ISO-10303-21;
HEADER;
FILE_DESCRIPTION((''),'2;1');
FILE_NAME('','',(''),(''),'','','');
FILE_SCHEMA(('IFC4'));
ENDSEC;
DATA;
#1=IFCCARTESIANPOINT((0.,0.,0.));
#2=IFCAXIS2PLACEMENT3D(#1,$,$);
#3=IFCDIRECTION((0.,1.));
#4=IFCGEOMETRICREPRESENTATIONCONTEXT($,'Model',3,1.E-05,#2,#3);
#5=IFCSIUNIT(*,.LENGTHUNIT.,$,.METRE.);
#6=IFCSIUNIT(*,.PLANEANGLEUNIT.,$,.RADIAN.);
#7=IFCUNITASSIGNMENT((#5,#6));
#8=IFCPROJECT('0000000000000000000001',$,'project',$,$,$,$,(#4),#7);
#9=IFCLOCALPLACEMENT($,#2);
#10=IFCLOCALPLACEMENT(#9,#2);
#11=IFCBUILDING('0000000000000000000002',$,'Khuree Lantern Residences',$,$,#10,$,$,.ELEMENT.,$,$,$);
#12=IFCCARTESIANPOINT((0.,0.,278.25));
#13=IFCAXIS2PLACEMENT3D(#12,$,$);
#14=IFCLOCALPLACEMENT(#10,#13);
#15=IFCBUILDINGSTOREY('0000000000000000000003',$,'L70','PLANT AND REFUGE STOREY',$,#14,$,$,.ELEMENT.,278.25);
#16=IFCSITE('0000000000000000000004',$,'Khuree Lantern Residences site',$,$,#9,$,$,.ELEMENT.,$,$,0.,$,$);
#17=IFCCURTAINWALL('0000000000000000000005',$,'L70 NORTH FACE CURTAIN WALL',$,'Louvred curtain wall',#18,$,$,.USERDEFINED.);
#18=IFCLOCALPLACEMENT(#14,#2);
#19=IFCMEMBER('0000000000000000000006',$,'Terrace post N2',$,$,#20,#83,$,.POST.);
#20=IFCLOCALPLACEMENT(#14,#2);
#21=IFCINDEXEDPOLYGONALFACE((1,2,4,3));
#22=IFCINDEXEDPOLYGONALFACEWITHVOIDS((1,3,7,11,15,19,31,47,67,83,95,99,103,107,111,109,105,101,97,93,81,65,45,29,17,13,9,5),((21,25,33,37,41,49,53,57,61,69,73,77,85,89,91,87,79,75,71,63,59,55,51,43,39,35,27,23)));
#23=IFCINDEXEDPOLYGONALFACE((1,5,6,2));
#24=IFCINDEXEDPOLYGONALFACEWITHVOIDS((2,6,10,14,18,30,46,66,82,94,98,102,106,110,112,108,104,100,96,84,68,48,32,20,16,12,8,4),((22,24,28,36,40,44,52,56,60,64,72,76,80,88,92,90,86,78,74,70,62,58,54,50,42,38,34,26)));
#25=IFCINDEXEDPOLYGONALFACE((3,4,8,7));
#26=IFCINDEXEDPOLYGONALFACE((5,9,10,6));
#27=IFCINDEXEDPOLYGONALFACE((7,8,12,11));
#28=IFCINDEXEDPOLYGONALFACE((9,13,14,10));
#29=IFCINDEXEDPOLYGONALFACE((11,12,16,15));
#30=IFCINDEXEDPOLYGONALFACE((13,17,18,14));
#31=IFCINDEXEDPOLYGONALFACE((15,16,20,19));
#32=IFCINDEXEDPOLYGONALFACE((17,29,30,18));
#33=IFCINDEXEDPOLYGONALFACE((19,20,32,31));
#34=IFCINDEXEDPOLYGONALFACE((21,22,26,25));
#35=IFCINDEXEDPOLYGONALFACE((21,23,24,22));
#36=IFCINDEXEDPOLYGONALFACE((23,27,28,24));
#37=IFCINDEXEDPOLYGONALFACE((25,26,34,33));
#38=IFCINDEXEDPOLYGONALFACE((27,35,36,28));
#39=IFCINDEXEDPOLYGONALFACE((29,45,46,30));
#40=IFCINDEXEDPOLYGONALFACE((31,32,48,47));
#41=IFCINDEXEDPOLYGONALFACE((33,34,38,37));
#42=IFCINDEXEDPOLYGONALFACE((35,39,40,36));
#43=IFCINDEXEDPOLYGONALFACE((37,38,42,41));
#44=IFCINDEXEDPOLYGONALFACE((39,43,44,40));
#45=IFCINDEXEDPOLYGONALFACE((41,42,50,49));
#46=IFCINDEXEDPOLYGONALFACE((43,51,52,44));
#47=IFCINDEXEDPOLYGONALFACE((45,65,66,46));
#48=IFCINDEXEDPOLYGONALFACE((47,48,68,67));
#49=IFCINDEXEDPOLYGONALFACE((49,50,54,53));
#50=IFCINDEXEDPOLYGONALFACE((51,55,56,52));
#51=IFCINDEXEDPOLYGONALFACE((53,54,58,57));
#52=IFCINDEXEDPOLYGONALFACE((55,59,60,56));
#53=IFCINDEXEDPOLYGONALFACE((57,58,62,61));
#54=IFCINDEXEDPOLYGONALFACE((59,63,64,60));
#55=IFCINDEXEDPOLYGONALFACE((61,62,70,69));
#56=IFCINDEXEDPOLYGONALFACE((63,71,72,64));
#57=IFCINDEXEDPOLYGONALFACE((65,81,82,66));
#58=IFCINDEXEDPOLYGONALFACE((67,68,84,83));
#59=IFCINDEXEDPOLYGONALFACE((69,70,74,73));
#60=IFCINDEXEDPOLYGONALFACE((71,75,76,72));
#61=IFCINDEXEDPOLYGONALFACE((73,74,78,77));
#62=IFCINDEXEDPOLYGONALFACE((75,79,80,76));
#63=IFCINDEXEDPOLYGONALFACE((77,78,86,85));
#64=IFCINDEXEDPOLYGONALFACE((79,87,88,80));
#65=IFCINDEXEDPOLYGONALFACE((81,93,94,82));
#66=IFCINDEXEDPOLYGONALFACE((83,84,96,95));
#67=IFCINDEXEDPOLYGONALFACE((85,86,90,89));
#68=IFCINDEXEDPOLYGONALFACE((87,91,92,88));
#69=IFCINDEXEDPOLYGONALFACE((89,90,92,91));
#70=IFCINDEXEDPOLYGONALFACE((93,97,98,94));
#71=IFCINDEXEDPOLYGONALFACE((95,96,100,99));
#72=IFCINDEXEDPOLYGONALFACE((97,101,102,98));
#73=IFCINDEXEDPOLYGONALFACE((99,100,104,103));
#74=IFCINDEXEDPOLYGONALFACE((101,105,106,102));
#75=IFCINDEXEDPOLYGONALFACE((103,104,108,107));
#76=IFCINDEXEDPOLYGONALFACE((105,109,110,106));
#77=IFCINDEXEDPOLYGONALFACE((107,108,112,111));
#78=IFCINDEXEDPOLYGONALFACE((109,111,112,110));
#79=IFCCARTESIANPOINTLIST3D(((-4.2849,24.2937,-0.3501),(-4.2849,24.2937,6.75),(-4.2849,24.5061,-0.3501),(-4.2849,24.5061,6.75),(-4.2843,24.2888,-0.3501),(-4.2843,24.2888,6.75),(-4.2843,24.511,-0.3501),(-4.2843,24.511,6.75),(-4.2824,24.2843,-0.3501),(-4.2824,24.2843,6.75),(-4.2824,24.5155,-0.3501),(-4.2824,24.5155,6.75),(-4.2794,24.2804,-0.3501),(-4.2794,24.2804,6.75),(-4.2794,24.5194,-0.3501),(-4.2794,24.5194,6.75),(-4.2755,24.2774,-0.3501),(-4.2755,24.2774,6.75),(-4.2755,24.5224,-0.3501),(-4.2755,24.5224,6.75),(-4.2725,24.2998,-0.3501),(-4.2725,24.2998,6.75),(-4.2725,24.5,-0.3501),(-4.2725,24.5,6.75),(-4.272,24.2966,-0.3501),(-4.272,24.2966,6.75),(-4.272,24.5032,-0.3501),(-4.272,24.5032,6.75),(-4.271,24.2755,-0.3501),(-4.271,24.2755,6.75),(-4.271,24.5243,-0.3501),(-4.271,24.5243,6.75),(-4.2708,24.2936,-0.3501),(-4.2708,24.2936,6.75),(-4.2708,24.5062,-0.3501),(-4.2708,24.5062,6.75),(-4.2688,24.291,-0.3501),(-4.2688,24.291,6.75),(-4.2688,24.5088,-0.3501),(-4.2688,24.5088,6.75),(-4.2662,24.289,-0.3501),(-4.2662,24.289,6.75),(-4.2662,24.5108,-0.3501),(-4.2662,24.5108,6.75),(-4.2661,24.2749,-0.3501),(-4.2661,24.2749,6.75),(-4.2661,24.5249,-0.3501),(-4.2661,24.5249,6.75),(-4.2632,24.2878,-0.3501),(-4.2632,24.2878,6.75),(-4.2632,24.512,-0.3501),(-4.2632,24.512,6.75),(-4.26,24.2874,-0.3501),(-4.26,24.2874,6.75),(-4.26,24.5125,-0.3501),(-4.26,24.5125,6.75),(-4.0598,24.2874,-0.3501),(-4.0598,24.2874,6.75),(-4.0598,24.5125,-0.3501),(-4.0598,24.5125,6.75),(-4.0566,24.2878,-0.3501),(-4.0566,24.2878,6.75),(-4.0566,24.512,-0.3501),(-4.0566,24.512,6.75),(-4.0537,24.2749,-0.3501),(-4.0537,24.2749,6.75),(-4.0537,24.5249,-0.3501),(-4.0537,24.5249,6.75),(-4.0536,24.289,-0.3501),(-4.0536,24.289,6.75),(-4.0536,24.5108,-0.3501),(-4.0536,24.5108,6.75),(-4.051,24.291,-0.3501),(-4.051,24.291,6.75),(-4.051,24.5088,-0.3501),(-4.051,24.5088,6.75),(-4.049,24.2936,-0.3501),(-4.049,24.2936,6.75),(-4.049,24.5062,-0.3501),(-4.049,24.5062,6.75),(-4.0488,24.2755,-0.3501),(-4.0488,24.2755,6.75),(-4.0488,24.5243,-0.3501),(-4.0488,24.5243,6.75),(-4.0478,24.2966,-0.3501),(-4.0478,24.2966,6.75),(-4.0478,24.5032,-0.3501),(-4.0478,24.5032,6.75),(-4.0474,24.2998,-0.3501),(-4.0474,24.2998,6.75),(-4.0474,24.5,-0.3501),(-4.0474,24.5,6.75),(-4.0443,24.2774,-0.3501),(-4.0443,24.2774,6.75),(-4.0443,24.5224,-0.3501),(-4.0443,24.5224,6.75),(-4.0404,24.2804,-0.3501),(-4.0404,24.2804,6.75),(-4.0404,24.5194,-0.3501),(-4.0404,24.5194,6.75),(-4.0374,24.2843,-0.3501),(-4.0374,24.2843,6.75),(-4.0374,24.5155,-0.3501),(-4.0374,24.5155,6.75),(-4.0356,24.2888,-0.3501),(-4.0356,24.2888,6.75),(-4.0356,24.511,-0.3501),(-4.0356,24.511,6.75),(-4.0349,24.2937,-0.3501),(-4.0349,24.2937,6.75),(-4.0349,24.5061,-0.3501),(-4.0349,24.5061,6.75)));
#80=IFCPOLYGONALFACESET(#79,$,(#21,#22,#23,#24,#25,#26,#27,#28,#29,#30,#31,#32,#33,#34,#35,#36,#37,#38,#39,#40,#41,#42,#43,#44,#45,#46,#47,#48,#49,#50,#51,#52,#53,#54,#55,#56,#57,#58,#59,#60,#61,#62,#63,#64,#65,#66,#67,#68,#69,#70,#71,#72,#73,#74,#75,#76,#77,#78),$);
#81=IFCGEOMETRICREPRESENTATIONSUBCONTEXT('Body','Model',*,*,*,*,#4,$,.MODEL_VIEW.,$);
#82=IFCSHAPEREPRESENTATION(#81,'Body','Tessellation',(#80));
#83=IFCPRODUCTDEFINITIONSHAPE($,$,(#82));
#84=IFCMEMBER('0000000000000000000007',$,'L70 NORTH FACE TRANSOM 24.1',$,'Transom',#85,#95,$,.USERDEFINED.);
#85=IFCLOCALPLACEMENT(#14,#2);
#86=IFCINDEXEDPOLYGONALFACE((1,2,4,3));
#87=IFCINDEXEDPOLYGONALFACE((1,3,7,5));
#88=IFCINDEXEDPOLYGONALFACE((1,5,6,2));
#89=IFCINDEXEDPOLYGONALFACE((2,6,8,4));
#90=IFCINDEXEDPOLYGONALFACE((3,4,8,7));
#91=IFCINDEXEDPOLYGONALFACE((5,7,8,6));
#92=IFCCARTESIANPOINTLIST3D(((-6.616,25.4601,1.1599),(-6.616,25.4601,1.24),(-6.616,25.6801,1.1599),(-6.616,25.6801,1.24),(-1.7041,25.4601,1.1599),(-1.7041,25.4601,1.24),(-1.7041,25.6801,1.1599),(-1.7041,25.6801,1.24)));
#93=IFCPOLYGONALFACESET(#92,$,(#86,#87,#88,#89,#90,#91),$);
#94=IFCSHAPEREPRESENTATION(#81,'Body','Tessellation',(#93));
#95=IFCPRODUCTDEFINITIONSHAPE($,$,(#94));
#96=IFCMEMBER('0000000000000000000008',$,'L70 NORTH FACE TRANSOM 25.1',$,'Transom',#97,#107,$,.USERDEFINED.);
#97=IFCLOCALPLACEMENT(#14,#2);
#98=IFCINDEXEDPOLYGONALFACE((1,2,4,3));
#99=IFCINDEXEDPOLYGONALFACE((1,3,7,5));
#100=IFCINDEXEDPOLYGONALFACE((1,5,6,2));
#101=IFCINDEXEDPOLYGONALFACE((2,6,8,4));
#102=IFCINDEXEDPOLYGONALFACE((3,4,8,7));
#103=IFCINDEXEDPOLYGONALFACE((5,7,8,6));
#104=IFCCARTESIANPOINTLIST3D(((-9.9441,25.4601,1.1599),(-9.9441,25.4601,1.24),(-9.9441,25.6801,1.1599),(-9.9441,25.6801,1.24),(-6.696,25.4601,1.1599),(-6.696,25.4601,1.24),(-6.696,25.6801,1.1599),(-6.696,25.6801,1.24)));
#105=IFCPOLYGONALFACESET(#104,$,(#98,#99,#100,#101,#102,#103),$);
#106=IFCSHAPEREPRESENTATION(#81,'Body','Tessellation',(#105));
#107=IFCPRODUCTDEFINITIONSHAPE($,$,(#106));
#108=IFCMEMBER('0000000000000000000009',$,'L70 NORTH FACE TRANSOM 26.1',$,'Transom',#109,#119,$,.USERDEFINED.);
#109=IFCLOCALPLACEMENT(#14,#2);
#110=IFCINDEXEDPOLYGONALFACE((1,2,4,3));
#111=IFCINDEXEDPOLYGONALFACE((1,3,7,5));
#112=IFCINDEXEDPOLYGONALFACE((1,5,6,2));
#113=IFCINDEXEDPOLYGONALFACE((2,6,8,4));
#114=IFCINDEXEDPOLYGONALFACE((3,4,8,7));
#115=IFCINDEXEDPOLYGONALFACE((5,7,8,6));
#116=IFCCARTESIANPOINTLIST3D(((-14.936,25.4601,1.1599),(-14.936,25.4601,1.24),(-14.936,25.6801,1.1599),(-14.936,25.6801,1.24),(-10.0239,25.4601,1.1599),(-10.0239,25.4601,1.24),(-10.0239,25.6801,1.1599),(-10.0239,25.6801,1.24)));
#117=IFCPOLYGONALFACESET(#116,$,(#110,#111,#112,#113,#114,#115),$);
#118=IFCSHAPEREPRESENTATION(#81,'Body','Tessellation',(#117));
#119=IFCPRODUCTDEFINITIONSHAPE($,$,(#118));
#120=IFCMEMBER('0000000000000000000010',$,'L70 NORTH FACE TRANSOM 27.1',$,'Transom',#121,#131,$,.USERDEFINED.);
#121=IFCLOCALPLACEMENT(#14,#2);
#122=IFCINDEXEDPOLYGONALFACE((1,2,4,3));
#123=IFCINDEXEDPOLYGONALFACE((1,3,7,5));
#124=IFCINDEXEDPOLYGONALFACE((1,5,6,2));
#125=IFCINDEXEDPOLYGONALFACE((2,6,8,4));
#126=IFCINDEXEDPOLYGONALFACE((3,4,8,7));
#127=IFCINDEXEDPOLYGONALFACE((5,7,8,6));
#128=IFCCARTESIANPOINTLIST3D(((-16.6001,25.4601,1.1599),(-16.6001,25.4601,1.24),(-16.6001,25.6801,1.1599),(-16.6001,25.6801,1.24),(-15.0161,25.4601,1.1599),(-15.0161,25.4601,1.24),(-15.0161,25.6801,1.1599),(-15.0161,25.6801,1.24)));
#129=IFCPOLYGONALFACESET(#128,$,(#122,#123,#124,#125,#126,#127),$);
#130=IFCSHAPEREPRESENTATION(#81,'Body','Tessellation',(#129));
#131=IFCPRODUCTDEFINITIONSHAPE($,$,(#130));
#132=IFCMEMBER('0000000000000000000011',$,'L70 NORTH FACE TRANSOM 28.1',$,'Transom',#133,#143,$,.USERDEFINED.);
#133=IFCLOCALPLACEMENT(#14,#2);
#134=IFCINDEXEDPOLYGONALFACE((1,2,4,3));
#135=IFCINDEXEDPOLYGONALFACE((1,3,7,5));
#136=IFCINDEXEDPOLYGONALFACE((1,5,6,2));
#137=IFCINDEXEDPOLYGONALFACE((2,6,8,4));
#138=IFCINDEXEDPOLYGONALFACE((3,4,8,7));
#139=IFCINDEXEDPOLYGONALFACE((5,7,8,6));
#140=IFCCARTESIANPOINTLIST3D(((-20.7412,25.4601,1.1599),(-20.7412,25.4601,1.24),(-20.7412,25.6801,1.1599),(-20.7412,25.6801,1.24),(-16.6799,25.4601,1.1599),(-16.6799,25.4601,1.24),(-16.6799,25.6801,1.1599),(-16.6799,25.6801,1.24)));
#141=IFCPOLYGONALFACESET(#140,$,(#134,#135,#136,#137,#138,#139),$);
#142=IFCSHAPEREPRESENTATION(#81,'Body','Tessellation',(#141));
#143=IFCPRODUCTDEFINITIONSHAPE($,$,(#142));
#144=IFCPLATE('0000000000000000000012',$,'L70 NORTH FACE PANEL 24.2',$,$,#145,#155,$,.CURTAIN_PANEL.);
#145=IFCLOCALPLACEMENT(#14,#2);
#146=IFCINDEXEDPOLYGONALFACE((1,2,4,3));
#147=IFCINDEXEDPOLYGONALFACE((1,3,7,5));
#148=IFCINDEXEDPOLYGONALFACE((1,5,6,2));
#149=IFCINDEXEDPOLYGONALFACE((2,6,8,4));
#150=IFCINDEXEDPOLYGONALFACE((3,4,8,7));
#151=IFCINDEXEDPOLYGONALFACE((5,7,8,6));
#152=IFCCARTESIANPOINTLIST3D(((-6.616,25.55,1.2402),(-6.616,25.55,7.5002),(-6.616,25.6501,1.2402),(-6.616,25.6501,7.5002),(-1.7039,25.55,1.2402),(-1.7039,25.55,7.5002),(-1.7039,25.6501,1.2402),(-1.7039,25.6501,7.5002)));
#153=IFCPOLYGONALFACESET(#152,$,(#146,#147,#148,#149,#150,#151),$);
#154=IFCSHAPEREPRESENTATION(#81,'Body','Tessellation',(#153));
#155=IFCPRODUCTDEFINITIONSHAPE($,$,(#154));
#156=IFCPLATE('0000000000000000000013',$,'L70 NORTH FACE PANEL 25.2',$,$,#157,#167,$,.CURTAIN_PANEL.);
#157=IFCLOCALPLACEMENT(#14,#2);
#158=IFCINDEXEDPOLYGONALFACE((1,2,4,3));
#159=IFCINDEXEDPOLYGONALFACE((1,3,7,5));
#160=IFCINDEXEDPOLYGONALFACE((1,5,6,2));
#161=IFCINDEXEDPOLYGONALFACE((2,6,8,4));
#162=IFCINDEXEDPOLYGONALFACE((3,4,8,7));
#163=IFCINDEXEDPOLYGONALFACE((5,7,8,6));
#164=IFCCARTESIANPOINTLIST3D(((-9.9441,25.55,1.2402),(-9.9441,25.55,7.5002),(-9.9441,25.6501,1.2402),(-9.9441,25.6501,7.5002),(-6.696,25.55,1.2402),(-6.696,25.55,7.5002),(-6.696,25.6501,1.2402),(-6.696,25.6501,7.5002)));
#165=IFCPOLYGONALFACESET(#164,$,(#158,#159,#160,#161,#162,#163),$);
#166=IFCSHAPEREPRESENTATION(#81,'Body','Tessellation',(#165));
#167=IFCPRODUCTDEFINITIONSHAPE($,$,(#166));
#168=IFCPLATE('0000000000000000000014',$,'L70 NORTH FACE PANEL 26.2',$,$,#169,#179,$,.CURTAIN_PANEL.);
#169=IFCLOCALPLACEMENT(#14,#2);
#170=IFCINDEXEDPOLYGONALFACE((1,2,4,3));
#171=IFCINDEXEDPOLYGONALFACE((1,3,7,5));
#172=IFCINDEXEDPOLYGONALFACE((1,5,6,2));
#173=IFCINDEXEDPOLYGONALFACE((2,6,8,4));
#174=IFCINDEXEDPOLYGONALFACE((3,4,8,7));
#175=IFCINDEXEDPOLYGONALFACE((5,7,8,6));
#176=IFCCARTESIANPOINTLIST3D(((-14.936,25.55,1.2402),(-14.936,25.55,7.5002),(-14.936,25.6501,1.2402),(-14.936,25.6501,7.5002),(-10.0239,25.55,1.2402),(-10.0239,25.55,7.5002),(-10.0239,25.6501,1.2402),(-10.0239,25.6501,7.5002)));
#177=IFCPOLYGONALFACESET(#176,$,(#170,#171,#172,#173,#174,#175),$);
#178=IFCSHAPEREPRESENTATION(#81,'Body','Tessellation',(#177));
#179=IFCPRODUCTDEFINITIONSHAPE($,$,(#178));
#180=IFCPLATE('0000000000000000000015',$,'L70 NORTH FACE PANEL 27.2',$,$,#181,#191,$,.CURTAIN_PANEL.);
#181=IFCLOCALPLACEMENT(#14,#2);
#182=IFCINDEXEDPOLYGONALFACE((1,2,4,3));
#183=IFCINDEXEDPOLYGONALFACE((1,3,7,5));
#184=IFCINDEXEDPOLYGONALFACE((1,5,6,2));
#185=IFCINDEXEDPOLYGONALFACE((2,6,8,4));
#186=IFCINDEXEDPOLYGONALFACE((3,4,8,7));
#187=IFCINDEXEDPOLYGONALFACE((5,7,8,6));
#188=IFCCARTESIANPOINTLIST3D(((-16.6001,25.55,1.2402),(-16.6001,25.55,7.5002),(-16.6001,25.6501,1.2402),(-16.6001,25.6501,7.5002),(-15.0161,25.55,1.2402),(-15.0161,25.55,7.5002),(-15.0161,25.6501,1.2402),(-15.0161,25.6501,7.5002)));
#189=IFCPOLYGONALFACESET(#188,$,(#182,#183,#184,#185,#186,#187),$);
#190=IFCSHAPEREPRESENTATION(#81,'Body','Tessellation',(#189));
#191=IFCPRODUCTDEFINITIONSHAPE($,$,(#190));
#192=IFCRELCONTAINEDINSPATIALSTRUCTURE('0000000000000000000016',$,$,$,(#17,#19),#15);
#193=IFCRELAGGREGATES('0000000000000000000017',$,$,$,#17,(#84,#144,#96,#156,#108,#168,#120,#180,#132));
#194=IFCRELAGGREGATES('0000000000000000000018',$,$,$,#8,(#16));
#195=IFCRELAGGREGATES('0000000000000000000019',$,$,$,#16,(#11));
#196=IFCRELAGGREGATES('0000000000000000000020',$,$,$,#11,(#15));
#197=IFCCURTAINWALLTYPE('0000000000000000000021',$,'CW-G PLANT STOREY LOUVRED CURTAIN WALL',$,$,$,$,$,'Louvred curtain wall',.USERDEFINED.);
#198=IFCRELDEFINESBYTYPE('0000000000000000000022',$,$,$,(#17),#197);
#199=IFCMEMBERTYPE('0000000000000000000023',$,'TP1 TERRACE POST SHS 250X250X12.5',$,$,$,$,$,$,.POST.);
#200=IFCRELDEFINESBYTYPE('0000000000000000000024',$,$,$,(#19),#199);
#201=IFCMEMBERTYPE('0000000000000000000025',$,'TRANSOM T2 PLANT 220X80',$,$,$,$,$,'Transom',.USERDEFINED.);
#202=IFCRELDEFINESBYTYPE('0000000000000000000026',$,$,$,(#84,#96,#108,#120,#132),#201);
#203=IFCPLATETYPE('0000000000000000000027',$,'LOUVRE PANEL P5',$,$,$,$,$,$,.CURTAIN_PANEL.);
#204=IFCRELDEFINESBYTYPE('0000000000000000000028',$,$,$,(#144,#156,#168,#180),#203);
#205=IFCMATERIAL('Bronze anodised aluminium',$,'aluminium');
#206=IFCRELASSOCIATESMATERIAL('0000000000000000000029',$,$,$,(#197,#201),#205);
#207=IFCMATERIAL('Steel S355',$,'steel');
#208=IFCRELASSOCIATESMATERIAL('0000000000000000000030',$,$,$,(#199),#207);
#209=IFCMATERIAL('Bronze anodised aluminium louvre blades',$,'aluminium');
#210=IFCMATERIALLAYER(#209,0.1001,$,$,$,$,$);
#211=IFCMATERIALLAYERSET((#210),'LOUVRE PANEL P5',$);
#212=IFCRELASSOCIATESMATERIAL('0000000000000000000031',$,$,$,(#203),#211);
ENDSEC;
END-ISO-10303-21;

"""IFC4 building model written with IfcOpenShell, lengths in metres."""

from ifc_helpers import new_model, si_unit, direction, frame, origin, origin_2d, place, context, subcontext, project, spatial, rectangle, hollow_rectangle, extrude, material, layer, layer_set, material_profile, profile_set, type_object, element, aggregate, save


model = new_model("IFC4")

# Units and contexts
model_context = context("Model", 3, precision=1e-05, world=origin(), true_north=direction((0.0, 1.0)))
body_context = subcontext(model_context, "Body", "Model", "MODEL_VIEW")
ifc_project = project(units=[si_unit("LENGTHUNIT", "METRE"), si_unit("PLANEANGLEUNIT", "RADIAN")], contexts=[model_context])

# Site, building, storey
site_placement = place(None, origin())
site = spatial("IfcSite", under=ifc_project, at=site_placement, Name="Khuree Lantern Residences site", CompositionType="ELEMENT", RefElevation=0.0)
building_placement = place(site_placement, origin())
building = spatial("IfcBuilding", under=site, at=building_placement, Name="Khuree Lantern Residences", CompositionType="ELEMENT")
storey_placement = place(building_placement, frame((0.0, 0.0, 278.25)))
storey = spatial("IfcBuildingStorey", under=building, at=storey_placement, Name="L70", Description="PLANT AND REFUGE STOREY", CompositionType="ELEMENT", Elevation=278.25)

# Shared definitions
ifc_material_1 = material(Name="Steel S355", Category="steel")

# Curtain wall
ifc_material_2 = material(Name="Bronze anodised aluminium", Category="aluminium")
curtain_wall_type = type_object("IfcCurtainWallType", Name="CW-G PLANT STOREY LOUVRED CURTAIN WALL", ElementType="Louvred curtain wall", PredefinedType="USERDEFINED", material=ifc_material_2)
curtain_wall_placement = place(storey_placement, origin())
curtain_wall = element("IfcCurtainWall", 1, at=curtain_wall_placement, inside=storey, type_object=curtain_wall_type, Name="L70 NORTH FACE CURTAIN WALL", ObjectType="Louvred curtain wall", PredefinedType="USERDEFINED")

# Member
ifc_material_profile_1 = material_profile(ifc_material_1, hollow_rectangle(XDim=0.25, YDim=0.25, WallThickness=0.0125, InnerFilletRadius=0.0125, OuterFilletRadius=0.0188, at=origin_2d()), Name="SHS 250X250X12.5")
ifc_profile_set_1 = profile_set([ifc_material_profile_1], Name="Steel S355")
member_type_1 = type_object("IfcMemberType", Name="TP1 TERRACE POST SHS 250X250X12.5", PredefinedType="POST", material=ifc_profile_set_1)
for number, where, z_axis, x_axis, name in (
    (2, (-4.1599, 24.3999, -0.3501), (0.0, 0.0, 1.0), (1.0, 0.0, 0.0), "Terrace post N2"),
):
    element("IfcMember", number, at=place(storey_placement, frame(where, z_axis=z_axis, x_axis=x_axis)), inside=storey, type_object=member_type_1, Name=name, PredefinedType="POST", context=body_context, shape_type="SweptSolid", body=[
        extrude(hollow_rectangle(XDim=0.25, YDim=0.25, WallThickness=0.0125, InnerFilletRadius=0.0125, OuterFilletRadius=0.0188, at=origin_2d()), origin(), (0.0, 0.0, 1.0), 7.1001),
    ])

# Members
ifc_material_profile_2 = material_profile(ifc_material_2, rectangle(XDim=0.22, YDim=0.0801, at=origin_2d()), Name="T2 220X80")
ifc_profile_set_2 = profile_set([ifc_material_profile_2], Name="Bronze anodised aluminium")
member_type_2 = type_object("IfcMemberType", Name="TRANSOM T2 PLANT 220X80", ElementType="Transom", PredefinedType="USERDEFINED", material=ifc_profile_set_2)
member_1_placement = place(storey_placement, frame((-1.7041, 25.5701, 1.2), z_axis=(-1.0, 0.0, 0.0), x_axis=(0.0, -1.0, 0.0)))
member_1 = element("IfcMember", 3, at=member_1_placement, type_object=member_type_2, Name="L70 NORTH FACE TRANSOM 24.1", ObjectType="Transom", PredefinedType="USERDEFINED", context=body_context, shape_type="SweptSolid", body=[
    extrude(rectangle(XDim=0.22, YDim=0.0801, at=origin_2d()), origin(), (0.0, 0.0, 1.0), 4.9119),
])
member_2_placement = place(storey_placement, frame((-6.696, 25.5701, 1.2), z_axis=(-1.0, 0.0, 0.0), x_axis=(0.0, -1.0, 0.0)))
member_2 = element("IfcMember", 4, at=member_2_placement, type_object=member_type_2, Name="L70 NORTH FACE TRANSOM 25.1", ObjectType="Transom", PredefinedType="USERDEFINED", context=body_context, shape_type="SweptSolid", body=[
    extrude(rectangle(XDim=0.22, YDim=0.0801, at=origin_2d()), origin(), (0.0, 0.0, 1.0), 3.248),
])
member_3_placement = place(storey_placement, frame((-10.0239, 25.5701, 1.2), z_axis=(-1.0, 0.0, 0.0), x_axis=(0.0, -1.0, 0.0)))
member_3 = element("IfcMember", 5, at=member_3_placement, type_object=member_type_2, Name="L70 NORTH FACE TRANSOM 26.1", ObjectType="Transom", PredefinedType="USERDEFINED", context=body_context, shape_type="SweptSolid", body=[
    extrude(rectangle(XDim=0.22, YDim=0.0801, at=origin_2d()), origin(), (0.0, 0.0, 1.0), 4.9121),
])
member_4_placement = place(storey_placement, frame((-15.0161, 25.5701, 1.2), z_axis=(-1.0, 0.0, 0.0), x_axis=(0.0, -1.0, 0.0)))
member_4 = element("IfcMember", 6, at=member_4_placement, type_object=member_type_2, Name="L70 NORTH FACE TRANSOM 27.1", ObjectType="Transom", PredefinedType="USERDEFINED", context=body_context, shape_type="SweptSolid", body=[
    extrude(rectangle(XDim=0.22, YDim=0.0801, at=origin_2d()), origin(), (0.0, 0.0, 1.0), 1.584),
])
member_5_placement = place(storey_placement, frame((-16.6799, 25.5701, 1.2), z_axis=(-1.0, 0.0, 0.0), x_axis=(0.0, -1.0, 0.0)))
member_5 = element("IfcMember", 7, at=member_5_placement, type_object=member_type_2, Name="L70 NORTH FACE TRANSOM 28.1", ObjectType="Transom", PredefinedType="USERDEFINED", context=body_context, shape_type="SweptSolid", body=[
    extrude(rectangle(XDim=0.22, YDim=0.0801, at=origin_2d()), origin(), (0.0, 0.0, 1.0), 4.0613),
])

# Plates
ifc_material_3 = material(Name="Bronze anodised aluminium louvre blades", Category="aluminium")
ifc_layer_1 = layer(ifc_material_3, 0.1001)
ifc_layer_set_1 = layer_set([ifc_layer_1], Name="LOUVRE PANEL P5")
plate_type_1 = type_object("IfcPlateType", Name="LOUVRE PANEL P5", PredefinedType="CURTAIN_PANEL", material=ifc_layer_set_1)
plate_1_placement = place(storey_placement, frame((-4.1599, 25.6001, 1.2402), z_axis=(0.0, 0.0, 1.0), x_axis=(-1.0, 0.0, 0.0)))
plate_1 = element("IfcPlate", 8, at=plate_1_placement, type_object=plate_type_1, Name="L70 NORTH FACE PANEL 24.2", PredefinedType="CURTAIN_PANEL", context=body_context, shape_type="SweptSolid", body=[
    extrude(rectangle(XDim=4.9121, YDim=0.1001, at=origin_2d()), origin(), (0.0, 0.0, 1.0), 6.26),
])
plate_2_placement = place(storey_placement, frame((-8.3201, 25.6001, 1.2402), z_axis=(0.0, 0.0, 1.0), x_axis=(-1.0, 0.0, 0.0)))
plate_2 = element("IfcPlate", 9, at=plate_2_placement, type_object=plate_type_1, Name="L70 NORTH FACE PANEL 25.2", PredefinedType="CURTAIN_PANEL", context=body_context, shape_type="SweptSolid", body=[
    extrude(rectangle(XDim=3.248, YDim=0.1001, at=origin_2d()), origin(), (0.0, 0.0, 1.0), 6.26),
])
plate_3_placement = place(storey_placement, frame((-12.48, 25.6001, 1.2402), z_axis=(0.0, 0.0, 1.0), x_axis=(-1.0, 0.0, 0.0)))
plate_3 = element("IfcPlate", 10, at=plate_3_placement, type_object=plate_type_1, Name="L70 NORTH FACE PANEL 26.2", PredefinedType="CURTAIN_PANEL", context=body_context, shape_type="SweptSolid", body=[
    extrude(rectangle(XDim=4.9121, YDim=0.1001, at=origin_2d()), origin(), (0.0, 0.0, 1.0), 6.26),
])
plate_4_placement = place(storey_placement, frame((-15.8081, 25.6001, 1.2402), z_axis=(0.0, 0.0, 1.0), x_axis=(-1.0, 0.0, 0.0)))
plate_4 = element("IfcPlate", 11, at=plate_4_placement, type_object=plate_type_1, Name="L70 NORTH FACE PANEL 27.2", PredefinedType="CURTAIN_PANEL", context=body_context, shape_type="SweptSolid", body=[
    extrude(rectangle(XDim=1.584, YDim=0.1001, at=origin_2d()), origin(), (0.0, 0.0, 1.0), 6.26),
])
aggregate(curtain_wall, [member_1, plate_1, member_2, plate_2, member_3, plate_3, member_4, plate_4, member_5])

save(model, "model.ifc")
